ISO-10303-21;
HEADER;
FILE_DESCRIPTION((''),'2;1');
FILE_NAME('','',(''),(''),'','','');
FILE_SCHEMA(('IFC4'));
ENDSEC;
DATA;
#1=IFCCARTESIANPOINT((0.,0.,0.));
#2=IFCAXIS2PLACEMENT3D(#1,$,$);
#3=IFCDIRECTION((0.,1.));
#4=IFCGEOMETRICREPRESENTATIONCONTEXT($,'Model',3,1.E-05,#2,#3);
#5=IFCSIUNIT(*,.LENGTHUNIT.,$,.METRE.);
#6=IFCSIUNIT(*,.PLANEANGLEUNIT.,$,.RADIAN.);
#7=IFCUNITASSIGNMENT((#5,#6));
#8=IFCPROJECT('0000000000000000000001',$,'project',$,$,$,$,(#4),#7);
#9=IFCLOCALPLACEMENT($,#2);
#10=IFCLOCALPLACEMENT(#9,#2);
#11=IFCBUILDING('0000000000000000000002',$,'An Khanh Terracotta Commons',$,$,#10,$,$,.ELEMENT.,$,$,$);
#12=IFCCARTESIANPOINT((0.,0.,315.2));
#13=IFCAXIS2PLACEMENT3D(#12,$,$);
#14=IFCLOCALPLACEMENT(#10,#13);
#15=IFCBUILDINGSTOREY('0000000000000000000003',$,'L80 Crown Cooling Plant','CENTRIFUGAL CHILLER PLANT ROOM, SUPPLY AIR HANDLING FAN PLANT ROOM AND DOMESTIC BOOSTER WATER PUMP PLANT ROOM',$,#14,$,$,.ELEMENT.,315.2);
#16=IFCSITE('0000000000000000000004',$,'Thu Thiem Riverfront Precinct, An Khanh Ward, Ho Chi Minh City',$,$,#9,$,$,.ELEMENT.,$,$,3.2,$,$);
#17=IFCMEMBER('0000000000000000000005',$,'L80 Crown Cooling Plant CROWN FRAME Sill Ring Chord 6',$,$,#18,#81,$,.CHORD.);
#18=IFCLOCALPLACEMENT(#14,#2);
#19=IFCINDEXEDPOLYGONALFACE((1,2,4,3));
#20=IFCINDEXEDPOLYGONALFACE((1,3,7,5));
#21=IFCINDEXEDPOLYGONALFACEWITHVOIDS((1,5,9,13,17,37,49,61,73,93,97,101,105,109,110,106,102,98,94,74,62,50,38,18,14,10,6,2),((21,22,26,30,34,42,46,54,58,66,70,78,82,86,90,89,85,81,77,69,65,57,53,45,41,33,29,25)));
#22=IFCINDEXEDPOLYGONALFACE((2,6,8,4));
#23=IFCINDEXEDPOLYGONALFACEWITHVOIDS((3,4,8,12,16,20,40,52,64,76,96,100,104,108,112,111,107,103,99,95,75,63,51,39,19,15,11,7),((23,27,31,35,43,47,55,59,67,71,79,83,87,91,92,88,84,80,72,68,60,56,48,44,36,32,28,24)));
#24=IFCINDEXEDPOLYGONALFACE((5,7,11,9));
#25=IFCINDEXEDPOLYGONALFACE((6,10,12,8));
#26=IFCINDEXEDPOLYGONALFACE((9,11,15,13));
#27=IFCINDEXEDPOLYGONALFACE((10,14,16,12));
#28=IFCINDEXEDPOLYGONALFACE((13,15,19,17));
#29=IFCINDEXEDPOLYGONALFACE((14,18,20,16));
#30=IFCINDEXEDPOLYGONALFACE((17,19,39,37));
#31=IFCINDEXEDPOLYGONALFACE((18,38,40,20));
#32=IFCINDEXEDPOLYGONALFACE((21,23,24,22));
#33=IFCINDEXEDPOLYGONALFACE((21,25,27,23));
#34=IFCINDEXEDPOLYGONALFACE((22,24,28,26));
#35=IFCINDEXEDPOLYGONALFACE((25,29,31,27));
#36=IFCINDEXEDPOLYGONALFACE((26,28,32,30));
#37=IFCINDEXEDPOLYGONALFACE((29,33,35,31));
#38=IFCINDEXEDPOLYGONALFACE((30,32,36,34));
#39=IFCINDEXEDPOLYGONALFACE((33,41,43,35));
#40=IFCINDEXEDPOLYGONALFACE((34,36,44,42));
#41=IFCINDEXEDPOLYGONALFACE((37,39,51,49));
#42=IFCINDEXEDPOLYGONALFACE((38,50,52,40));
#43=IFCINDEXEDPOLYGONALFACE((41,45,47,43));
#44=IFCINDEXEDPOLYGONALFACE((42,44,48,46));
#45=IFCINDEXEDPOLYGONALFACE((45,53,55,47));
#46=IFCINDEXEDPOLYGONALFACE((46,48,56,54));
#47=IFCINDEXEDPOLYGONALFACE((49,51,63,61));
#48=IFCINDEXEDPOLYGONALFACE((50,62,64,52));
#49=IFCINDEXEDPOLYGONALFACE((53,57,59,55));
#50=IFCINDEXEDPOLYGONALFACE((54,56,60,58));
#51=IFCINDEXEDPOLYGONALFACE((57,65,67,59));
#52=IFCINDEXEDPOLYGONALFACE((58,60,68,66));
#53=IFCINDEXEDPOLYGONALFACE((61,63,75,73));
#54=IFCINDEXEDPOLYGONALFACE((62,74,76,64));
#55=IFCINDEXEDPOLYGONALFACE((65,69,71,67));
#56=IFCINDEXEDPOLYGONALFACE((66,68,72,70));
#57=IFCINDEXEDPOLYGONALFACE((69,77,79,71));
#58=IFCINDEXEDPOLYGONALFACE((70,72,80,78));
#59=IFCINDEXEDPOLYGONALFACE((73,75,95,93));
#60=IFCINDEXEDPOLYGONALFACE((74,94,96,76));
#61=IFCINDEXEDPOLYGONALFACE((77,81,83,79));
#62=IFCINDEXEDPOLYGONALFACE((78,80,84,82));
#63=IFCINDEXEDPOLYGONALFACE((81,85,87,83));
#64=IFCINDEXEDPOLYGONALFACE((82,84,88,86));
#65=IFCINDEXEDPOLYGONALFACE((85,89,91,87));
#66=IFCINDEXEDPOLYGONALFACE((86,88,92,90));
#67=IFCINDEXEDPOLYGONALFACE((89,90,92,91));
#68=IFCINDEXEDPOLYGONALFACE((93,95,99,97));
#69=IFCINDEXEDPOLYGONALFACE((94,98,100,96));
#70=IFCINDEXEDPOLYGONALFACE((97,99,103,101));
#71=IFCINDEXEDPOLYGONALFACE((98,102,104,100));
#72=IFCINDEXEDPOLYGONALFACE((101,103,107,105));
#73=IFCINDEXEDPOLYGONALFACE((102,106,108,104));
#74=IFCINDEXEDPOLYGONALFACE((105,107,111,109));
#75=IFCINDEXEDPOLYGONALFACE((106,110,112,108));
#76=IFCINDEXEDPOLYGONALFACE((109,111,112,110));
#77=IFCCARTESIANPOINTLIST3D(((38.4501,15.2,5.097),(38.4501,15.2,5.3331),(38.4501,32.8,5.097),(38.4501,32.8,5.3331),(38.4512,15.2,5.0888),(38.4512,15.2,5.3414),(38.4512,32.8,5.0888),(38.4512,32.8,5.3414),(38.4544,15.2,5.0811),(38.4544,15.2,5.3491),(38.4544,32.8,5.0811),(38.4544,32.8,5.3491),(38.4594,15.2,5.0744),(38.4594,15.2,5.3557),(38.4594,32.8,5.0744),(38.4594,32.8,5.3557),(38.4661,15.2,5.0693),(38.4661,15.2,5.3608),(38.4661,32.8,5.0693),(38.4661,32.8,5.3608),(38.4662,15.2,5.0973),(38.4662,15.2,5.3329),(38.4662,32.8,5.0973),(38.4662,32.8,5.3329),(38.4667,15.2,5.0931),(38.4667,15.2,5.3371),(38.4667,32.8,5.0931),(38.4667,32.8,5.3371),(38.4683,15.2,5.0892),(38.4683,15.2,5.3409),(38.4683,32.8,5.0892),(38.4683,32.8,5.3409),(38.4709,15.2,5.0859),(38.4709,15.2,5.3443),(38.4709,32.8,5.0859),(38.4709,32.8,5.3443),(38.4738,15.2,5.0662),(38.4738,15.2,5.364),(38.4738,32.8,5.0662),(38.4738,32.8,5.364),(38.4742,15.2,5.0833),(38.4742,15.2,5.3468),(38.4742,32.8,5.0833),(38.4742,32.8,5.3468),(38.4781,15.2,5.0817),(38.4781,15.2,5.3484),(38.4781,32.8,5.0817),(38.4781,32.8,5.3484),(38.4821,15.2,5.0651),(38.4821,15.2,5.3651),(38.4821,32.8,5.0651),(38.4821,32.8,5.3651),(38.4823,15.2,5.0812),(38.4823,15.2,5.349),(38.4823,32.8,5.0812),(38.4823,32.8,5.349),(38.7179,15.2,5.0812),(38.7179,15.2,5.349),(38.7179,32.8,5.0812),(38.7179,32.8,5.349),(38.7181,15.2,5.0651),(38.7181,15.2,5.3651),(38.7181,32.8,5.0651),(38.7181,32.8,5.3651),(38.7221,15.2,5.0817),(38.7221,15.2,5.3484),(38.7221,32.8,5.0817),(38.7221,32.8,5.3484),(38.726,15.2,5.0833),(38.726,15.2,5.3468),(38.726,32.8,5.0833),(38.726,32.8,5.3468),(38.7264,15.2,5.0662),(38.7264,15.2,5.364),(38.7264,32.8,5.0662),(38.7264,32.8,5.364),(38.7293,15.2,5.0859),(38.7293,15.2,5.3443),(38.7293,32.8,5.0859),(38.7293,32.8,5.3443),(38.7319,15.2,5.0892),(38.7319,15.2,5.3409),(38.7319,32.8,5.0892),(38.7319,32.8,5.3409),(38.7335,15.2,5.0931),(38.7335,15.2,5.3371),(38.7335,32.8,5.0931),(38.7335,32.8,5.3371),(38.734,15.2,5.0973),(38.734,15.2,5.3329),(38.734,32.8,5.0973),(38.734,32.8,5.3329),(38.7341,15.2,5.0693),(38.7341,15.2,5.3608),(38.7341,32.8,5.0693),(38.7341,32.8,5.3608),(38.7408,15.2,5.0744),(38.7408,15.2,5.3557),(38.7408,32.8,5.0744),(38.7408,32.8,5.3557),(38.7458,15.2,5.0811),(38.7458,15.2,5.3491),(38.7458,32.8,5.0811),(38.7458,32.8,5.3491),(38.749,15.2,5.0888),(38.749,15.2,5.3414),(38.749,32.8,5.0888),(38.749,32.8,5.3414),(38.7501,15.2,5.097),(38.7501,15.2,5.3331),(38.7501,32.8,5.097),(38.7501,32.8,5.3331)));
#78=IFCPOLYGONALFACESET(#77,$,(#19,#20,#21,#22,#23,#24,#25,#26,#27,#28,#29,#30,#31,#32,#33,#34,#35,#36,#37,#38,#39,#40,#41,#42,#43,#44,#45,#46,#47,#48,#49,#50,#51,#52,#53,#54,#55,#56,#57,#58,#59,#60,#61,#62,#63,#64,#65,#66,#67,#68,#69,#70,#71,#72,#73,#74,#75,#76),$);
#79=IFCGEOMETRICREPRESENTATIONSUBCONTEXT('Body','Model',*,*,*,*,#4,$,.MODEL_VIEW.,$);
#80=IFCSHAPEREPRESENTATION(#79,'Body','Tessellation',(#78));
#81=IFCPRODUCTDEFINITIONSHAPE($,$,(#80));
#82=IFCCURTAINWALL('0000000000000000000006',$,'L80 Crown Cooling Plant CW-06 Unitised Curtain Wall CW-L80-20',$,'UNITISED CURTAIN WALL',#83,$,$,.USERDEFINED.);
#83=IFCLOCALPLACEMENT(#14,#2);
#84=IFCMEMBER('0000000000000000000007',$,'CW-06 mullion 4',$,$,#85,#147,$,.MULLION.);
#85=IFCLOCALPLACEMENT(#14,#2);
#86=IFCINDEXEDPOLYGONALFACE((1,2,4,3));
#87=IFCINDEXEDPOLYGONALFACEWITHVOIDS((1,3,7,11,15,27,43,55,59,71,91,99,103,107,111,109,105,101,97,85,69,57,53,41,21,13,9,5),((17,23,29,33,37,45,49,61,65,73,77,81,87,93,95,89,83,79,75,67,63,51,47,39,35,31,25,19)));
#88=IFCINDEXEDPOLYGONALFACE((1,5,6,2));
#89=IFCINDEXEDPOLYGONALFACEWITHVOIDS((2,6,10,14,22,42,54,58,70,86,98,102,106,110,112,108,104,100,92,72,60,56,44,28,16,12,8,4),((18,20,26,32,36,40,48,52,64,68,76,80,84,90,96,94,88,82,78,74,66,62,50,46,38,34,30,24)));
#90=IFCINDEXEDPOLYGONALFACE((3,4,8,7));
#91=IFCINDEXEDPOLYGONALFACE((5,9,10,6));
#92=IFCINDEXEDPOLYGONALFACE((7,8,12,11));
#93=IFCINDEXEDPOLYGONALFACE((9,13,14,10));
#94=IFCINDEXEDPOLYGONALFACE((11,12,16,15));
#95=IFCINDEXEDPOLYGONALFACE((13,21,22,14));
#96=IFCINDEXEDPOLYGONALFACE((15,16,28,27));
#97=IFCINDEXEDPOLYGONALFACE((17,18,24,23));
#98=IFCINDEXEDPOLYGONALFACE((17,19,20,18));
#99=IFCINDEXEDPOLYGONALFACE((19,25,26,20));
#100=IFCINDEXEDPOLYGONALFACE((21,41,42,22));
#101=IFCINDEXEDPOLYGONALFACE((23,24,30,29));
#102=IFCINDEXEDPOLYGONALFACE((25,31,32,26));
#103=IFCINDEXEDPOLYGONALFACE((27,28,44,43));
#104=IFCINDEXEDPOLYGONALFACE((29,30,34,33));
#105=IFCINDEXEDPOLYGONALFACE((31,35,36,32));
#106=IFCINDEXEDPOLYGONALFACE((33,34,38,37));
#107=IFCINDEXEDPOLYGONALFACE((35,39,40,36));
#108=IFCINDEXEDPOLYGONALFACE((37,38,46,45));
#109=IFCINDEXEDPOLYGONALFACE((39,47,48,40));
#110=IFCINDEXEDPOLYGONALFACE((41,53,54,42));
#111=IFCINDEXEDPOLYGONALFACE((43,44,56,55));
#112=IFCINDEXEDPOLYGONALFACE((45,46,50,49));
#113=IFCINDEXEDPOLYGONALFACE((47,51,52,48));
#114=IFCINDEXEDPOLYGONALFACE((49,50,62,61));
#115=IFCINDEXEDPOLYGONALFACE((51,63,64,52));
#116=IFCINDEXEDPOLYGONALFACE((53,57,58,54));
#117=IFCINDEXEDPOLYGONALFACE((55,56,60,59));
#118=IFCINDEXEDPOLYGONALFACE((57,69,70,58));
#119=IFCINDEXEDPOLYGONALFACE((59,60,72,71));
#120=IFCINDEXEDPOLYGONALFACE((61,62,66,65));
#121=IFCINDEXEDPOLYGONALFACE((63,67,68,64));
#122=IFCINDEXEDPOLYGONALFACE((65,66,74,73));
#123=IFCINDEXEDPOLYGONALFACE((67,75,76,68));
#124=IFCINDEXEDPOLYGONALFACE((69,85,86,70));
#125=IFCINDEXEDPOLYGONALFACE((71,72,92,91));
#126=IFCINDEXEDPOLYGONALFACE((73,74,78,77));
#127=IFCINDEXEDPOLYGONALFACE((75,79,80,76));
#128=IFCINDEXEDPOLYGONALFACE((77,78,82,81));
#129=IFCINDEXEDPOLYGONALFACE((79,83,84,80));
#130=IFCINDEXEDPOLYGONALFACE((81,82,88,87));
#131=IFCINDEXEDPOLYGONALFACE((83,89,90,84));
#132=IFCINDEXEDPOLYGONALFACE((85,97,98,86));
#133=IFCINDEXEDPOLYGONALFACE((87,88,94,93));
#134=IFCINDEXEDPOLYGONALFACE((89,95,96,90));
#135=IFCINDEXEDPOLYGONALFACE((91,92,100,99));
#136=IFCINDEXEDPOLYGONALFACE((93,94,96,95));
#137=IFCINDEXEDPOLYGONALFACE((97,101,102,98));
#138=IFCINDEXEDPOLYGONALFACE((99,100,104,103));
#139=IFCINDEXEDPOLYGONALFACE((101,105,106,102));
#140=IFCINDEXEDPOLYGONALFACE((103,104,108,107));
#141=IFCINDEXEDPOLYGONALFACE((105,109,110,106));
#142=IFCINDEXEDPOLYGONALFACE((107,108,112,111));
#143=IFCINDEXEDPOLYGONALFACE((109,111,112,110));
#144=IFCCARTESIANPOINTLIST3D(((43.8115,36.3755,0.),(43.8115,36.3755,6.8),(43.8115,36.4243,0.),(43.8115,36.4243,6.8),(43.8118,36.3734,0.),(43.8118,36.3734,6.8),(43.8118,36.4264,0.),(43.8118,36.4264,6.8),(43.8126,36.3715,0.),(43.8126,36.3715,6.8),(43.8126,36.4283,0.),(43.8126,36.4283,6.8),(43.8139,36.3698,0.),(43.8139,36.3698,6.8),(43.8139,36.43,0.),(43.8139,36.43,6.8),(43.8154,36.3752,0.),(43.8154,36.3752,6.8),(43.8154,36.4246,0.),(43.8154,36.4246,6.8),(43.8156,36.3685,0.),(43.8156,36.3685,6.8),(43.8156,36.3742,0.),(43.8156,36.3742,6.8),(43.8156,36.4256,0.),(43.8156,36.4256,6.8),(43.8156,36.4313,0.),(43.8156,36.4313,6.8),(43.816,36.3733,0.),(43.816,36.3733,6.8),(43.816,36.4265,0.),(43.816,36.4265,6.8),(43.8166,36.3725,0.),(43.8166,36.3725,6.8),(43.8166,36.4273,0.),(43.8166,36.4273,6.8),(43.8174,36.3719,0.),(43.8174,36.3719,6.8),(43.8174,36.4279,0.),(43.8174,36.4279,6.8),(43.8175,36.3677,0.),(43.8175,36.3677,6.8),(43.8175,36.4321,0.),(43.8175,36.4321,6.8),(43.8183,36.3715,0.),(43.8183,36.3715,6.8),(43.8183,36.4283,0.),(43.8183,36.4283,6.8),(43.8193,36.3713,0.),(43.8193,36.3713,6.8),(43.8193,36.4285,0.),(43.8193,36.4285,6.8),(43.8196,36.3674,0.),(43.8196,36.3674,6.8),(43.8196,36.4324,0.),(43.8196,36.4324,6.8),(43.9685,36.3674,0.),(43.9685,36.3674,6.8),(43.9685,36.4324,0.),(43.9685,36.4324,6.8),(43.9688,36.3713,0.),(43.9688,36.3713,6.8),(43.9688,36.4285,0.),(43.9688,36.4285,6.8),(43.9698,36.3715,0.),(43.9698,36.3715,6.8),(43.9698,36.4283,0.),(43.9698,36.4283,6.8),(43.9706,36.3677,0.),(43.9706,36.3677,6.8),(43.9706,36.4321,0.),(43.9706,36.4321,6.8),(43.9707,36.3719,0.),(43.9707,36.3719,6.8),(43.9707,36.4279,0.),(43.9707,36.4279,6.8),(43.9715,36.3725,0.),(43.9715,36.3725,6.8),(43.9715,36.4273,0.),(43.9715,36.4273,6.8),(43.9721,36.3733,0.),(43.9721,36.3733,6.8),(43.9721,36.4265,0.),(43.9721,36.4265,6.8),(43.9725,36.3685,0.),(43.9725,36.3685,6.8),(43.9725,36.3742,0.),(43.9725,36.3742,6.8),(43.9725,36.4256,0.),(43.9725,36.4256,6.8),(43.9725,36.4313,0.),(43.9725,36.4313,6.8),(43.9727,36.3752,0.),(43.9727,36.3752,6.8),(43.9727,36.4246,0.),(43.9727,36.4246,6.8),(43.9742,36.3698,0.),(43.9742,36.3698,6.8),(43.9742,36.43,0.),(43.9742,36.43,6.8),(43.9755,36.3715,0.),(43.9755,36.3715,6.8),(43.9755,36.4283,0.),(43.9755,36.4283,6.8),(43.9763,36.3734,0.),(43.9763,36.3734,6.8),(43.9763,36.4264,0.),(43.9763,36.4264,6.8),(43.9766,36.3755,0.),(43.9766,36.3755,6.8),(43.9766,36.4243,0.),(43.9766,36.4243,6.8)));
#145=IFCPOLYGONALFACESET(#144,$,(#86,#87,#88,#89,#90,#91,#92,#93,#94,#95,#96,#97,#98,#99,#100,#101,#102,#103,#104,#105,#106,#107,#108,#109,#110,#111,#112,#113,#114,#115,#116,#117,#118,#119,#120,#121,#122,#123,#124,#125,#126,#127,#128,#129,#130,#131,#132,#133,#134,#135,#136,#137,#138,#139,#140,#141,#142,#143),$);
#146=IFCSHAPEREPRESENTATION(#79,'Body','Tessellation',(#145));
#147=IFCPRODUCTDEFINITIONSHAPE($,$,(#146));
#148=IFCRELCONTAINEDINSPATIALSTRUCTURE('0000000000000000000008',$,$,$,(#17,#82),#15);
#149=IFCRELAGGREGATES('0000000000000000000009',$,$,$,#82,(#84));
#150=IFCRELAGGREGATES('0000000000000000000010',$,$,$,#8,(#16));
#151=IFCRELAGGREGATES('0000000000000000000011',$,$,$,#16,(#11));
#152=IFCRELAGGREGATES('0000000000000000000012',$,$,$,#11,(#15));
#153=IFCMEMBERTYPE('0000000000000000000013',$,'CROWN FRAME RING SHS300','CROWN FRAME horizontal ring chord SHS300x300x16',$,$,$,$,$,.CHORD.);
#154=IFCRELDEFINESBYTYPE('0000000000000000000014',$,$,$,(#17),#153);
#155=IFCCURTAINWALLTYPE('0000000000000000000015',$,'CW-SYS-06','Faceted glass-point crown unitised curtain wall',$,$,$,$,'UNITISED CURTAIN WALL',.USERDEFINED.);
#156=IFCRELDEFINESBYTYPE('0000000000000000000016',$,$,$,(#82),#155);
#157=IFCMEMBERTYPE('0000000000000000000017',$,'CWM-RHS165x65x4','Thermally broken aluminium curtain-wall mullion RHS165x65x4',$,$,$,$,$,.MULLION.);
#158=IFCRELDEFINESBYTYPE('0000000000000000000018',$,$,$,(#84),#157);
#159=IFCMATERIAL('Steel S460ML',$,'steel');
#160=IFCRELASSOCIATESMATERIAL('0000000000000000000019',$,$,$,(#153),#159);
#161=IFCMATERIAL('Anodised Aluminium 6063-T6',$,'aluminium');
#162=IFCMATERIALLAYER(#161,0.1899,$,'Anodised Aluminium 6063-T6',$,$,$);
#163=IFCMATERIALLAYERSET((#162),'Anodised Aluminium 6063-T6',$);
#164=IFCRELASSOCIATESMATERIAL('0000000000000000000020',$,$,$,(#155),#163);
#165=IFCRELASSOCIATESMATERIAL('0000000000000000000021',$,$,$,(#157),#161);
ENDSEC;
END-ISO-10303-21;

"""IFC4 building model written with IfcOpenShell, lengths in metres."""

from ifc_helpers import new_model, si_unit, direction, frame, origin, origin_2d, place, context, subcontext, project, spatial, hollow_rectangle, extrude, material, layer, layer_set, material_profile, profile_set, type_object, element, aggregate, save


model = new_model("IFC4")

# Units and contexts
model_context = context("Model", 3, precision=1e-05, world=origin(), true_north=direction((0.0, 1.0)))
body_context = subcontext(model_context, "Body", "Model", "MODEL_VIEW")
ifc_project = project(units=[si_unit("LENGTHUNIT", "METRE"), si_unit("PLANEANGLEUNIT", "RADIAN")], contexts=[model_context])

# Site, building, storey
site_placement = place(None, origin())
site = spatial("IfcSite", under=ifc_project, at=site_placement, Name="Thu Thiem Riverfront Precinct, An Khanh Ward, Ho Chi Minh City", CompositionType="ELEMENT", RefElevation=3.2)
building_placement = place(site_placement, origin())
building = spatial("IfcBuilding", under=site, at=building_placement, Name="An Khanh Terracotta Commons", CompositionType="ELEMENT")
storey_placement = place(building_placement, frame((0.0, 0.0, 315.2)))
storey = spatial("IfcBuildingStorey", under=building, at=storey_placement, Name="L80 Crown Cooling Plant", Description="CENTRIFUGAL CHILLER PLANT ROOM, SUPPLY AIR HANDLING FAN PLANT ROOM AND DOMESTIC BOOSTER WATER PUMP PLANT ROOM", CompositionType="ELEMENT", Elevation=315.2)

# Member
ifc_material_1 = material(Name="Steel S460ML", Category="steel")
ifc_material_profile_1 = material_profile(ifc_material_1, hollow_rectangle(XDim=0.3, YDim=0.3, WallThickness=0.0161, InnerFilletRadius=0.0161, OuterFilletRadius=0.032, at=origin_2d()), Name="SHS300x300x16")
ifc_profile_set_1 = profile_set([ifc_material_profile_1], Name="Steel S460ML")
member_type_1 = type_object("IfcMemberType", Name="CROWN FRAME RING SHS300", Description="CROWN FRAME horizontal ring chord SHS300x300x16", PredefinedType="CHORD", material=ifc_profile_set_1)
member_1_placement = place(storey_placement, frame((38.6001, 32.8, 5.2151), z_axis=(0.0, -1.0, 0.0), x_axis=(1.0, 0.0, 0.0)))
element("IfcMember", 1, at=member_1_placement, inside=storey, type_object=member_type_1, Name="L80 Crown Cooling Plant CROWN FRAME Sill Ring Chord 6", PredefinedType="CHORD", context=body_context, shape_type="SweptSolid", body=[
    extrude(hollow_rectangle(XDim=0.3, YDim=0.3, WallThickness=0.0161, InnerFilletRadius=0.0161, OuterFilletRadius=0.032, at=origin_2d()), origin(), (0.0, 0.0, 1.0), 17.6001),
])

# Curtain wall, member
ifc_material_2 = material(Name="Anodised Aluminium 6063-T6", Category="aluminium")
ifc_layer_1 = layer(ifc_material_2, 0.1899, Name="Anodised Aluminium 6063-T6")
ifc_layer_set_1 = layer_set([ifc_layer_1], Name="Anodised Aluminium 6063-T6")
curtain_wall_type = type_object("IfcCurtainWallType", Name="CW-SYS-06", Description="Faceted glass-point crown unitised curtain wall", ElementType="UNITISED CURTAIN WALL", PredefinedType="USERDEFINED", material=ifc_layer_set_1)
curtain_wall_placement = place(storey_placement, origin())
curtain_wall = element("IfcCurtainWall", 2, at=curtain_wall_placement, inside=storey, type_object=curtain_wall_type, Name="L80 Crown Cooling Plant CW-06 Unitised Curtain Wall CW-L80-20", ObjectType="UNITISED CURTAIN WALL", PredefinedType="USERDEFINED")
ifc_material_profile_2 = material_profile(ifc_material_2, hollow_rectangle(XDim=0.0649, YDim=0.165, WallThickness=0.0039, InnerFilletRadius=0.0039, OuterFilletRadius=0.0081, at=origin_2d()), Name="RHS165x65x4")
ifc_profile_set_2 = profile_set([ifc_material_profile_2], Name="Anodised Aluminium 6063-T6")
member_type_2 = type_object("IfcMemberType", Name="CWM-RHS165x65x4", Description="Thermally broken aluminium curtain-wall mullion RHS165x65x4", PredefinedType="MULLION", material=ifc_profile_set_2)
member_2_placement = place(storey_placement, frame((43.894, 36.3999, 0.0), z_axis=(0.0, 0.0, 1.0), x_axis=(0.0, -1.0, 0.0)))
member_2 = element("IfcMember", 3, at=member_2_placement, type_object=member_type_2, Name="CW-06 mullion 4", PredefinedType="MULLION", context=body_context, shape_type="SweptSolid", body=[
    extrude(hollow_rectangle(XDim=0.0649, YDim=0.165, WallThickness=0.0039, InnerFilletRadius=0.0039, OuterFilletRadius=0.0081, at=origin_2d()), origin(), (0.0, 0.0, 1.0), 6.8),
])
aggregate(curtain_wall, [member_2])

save(model, "model.ifc")
